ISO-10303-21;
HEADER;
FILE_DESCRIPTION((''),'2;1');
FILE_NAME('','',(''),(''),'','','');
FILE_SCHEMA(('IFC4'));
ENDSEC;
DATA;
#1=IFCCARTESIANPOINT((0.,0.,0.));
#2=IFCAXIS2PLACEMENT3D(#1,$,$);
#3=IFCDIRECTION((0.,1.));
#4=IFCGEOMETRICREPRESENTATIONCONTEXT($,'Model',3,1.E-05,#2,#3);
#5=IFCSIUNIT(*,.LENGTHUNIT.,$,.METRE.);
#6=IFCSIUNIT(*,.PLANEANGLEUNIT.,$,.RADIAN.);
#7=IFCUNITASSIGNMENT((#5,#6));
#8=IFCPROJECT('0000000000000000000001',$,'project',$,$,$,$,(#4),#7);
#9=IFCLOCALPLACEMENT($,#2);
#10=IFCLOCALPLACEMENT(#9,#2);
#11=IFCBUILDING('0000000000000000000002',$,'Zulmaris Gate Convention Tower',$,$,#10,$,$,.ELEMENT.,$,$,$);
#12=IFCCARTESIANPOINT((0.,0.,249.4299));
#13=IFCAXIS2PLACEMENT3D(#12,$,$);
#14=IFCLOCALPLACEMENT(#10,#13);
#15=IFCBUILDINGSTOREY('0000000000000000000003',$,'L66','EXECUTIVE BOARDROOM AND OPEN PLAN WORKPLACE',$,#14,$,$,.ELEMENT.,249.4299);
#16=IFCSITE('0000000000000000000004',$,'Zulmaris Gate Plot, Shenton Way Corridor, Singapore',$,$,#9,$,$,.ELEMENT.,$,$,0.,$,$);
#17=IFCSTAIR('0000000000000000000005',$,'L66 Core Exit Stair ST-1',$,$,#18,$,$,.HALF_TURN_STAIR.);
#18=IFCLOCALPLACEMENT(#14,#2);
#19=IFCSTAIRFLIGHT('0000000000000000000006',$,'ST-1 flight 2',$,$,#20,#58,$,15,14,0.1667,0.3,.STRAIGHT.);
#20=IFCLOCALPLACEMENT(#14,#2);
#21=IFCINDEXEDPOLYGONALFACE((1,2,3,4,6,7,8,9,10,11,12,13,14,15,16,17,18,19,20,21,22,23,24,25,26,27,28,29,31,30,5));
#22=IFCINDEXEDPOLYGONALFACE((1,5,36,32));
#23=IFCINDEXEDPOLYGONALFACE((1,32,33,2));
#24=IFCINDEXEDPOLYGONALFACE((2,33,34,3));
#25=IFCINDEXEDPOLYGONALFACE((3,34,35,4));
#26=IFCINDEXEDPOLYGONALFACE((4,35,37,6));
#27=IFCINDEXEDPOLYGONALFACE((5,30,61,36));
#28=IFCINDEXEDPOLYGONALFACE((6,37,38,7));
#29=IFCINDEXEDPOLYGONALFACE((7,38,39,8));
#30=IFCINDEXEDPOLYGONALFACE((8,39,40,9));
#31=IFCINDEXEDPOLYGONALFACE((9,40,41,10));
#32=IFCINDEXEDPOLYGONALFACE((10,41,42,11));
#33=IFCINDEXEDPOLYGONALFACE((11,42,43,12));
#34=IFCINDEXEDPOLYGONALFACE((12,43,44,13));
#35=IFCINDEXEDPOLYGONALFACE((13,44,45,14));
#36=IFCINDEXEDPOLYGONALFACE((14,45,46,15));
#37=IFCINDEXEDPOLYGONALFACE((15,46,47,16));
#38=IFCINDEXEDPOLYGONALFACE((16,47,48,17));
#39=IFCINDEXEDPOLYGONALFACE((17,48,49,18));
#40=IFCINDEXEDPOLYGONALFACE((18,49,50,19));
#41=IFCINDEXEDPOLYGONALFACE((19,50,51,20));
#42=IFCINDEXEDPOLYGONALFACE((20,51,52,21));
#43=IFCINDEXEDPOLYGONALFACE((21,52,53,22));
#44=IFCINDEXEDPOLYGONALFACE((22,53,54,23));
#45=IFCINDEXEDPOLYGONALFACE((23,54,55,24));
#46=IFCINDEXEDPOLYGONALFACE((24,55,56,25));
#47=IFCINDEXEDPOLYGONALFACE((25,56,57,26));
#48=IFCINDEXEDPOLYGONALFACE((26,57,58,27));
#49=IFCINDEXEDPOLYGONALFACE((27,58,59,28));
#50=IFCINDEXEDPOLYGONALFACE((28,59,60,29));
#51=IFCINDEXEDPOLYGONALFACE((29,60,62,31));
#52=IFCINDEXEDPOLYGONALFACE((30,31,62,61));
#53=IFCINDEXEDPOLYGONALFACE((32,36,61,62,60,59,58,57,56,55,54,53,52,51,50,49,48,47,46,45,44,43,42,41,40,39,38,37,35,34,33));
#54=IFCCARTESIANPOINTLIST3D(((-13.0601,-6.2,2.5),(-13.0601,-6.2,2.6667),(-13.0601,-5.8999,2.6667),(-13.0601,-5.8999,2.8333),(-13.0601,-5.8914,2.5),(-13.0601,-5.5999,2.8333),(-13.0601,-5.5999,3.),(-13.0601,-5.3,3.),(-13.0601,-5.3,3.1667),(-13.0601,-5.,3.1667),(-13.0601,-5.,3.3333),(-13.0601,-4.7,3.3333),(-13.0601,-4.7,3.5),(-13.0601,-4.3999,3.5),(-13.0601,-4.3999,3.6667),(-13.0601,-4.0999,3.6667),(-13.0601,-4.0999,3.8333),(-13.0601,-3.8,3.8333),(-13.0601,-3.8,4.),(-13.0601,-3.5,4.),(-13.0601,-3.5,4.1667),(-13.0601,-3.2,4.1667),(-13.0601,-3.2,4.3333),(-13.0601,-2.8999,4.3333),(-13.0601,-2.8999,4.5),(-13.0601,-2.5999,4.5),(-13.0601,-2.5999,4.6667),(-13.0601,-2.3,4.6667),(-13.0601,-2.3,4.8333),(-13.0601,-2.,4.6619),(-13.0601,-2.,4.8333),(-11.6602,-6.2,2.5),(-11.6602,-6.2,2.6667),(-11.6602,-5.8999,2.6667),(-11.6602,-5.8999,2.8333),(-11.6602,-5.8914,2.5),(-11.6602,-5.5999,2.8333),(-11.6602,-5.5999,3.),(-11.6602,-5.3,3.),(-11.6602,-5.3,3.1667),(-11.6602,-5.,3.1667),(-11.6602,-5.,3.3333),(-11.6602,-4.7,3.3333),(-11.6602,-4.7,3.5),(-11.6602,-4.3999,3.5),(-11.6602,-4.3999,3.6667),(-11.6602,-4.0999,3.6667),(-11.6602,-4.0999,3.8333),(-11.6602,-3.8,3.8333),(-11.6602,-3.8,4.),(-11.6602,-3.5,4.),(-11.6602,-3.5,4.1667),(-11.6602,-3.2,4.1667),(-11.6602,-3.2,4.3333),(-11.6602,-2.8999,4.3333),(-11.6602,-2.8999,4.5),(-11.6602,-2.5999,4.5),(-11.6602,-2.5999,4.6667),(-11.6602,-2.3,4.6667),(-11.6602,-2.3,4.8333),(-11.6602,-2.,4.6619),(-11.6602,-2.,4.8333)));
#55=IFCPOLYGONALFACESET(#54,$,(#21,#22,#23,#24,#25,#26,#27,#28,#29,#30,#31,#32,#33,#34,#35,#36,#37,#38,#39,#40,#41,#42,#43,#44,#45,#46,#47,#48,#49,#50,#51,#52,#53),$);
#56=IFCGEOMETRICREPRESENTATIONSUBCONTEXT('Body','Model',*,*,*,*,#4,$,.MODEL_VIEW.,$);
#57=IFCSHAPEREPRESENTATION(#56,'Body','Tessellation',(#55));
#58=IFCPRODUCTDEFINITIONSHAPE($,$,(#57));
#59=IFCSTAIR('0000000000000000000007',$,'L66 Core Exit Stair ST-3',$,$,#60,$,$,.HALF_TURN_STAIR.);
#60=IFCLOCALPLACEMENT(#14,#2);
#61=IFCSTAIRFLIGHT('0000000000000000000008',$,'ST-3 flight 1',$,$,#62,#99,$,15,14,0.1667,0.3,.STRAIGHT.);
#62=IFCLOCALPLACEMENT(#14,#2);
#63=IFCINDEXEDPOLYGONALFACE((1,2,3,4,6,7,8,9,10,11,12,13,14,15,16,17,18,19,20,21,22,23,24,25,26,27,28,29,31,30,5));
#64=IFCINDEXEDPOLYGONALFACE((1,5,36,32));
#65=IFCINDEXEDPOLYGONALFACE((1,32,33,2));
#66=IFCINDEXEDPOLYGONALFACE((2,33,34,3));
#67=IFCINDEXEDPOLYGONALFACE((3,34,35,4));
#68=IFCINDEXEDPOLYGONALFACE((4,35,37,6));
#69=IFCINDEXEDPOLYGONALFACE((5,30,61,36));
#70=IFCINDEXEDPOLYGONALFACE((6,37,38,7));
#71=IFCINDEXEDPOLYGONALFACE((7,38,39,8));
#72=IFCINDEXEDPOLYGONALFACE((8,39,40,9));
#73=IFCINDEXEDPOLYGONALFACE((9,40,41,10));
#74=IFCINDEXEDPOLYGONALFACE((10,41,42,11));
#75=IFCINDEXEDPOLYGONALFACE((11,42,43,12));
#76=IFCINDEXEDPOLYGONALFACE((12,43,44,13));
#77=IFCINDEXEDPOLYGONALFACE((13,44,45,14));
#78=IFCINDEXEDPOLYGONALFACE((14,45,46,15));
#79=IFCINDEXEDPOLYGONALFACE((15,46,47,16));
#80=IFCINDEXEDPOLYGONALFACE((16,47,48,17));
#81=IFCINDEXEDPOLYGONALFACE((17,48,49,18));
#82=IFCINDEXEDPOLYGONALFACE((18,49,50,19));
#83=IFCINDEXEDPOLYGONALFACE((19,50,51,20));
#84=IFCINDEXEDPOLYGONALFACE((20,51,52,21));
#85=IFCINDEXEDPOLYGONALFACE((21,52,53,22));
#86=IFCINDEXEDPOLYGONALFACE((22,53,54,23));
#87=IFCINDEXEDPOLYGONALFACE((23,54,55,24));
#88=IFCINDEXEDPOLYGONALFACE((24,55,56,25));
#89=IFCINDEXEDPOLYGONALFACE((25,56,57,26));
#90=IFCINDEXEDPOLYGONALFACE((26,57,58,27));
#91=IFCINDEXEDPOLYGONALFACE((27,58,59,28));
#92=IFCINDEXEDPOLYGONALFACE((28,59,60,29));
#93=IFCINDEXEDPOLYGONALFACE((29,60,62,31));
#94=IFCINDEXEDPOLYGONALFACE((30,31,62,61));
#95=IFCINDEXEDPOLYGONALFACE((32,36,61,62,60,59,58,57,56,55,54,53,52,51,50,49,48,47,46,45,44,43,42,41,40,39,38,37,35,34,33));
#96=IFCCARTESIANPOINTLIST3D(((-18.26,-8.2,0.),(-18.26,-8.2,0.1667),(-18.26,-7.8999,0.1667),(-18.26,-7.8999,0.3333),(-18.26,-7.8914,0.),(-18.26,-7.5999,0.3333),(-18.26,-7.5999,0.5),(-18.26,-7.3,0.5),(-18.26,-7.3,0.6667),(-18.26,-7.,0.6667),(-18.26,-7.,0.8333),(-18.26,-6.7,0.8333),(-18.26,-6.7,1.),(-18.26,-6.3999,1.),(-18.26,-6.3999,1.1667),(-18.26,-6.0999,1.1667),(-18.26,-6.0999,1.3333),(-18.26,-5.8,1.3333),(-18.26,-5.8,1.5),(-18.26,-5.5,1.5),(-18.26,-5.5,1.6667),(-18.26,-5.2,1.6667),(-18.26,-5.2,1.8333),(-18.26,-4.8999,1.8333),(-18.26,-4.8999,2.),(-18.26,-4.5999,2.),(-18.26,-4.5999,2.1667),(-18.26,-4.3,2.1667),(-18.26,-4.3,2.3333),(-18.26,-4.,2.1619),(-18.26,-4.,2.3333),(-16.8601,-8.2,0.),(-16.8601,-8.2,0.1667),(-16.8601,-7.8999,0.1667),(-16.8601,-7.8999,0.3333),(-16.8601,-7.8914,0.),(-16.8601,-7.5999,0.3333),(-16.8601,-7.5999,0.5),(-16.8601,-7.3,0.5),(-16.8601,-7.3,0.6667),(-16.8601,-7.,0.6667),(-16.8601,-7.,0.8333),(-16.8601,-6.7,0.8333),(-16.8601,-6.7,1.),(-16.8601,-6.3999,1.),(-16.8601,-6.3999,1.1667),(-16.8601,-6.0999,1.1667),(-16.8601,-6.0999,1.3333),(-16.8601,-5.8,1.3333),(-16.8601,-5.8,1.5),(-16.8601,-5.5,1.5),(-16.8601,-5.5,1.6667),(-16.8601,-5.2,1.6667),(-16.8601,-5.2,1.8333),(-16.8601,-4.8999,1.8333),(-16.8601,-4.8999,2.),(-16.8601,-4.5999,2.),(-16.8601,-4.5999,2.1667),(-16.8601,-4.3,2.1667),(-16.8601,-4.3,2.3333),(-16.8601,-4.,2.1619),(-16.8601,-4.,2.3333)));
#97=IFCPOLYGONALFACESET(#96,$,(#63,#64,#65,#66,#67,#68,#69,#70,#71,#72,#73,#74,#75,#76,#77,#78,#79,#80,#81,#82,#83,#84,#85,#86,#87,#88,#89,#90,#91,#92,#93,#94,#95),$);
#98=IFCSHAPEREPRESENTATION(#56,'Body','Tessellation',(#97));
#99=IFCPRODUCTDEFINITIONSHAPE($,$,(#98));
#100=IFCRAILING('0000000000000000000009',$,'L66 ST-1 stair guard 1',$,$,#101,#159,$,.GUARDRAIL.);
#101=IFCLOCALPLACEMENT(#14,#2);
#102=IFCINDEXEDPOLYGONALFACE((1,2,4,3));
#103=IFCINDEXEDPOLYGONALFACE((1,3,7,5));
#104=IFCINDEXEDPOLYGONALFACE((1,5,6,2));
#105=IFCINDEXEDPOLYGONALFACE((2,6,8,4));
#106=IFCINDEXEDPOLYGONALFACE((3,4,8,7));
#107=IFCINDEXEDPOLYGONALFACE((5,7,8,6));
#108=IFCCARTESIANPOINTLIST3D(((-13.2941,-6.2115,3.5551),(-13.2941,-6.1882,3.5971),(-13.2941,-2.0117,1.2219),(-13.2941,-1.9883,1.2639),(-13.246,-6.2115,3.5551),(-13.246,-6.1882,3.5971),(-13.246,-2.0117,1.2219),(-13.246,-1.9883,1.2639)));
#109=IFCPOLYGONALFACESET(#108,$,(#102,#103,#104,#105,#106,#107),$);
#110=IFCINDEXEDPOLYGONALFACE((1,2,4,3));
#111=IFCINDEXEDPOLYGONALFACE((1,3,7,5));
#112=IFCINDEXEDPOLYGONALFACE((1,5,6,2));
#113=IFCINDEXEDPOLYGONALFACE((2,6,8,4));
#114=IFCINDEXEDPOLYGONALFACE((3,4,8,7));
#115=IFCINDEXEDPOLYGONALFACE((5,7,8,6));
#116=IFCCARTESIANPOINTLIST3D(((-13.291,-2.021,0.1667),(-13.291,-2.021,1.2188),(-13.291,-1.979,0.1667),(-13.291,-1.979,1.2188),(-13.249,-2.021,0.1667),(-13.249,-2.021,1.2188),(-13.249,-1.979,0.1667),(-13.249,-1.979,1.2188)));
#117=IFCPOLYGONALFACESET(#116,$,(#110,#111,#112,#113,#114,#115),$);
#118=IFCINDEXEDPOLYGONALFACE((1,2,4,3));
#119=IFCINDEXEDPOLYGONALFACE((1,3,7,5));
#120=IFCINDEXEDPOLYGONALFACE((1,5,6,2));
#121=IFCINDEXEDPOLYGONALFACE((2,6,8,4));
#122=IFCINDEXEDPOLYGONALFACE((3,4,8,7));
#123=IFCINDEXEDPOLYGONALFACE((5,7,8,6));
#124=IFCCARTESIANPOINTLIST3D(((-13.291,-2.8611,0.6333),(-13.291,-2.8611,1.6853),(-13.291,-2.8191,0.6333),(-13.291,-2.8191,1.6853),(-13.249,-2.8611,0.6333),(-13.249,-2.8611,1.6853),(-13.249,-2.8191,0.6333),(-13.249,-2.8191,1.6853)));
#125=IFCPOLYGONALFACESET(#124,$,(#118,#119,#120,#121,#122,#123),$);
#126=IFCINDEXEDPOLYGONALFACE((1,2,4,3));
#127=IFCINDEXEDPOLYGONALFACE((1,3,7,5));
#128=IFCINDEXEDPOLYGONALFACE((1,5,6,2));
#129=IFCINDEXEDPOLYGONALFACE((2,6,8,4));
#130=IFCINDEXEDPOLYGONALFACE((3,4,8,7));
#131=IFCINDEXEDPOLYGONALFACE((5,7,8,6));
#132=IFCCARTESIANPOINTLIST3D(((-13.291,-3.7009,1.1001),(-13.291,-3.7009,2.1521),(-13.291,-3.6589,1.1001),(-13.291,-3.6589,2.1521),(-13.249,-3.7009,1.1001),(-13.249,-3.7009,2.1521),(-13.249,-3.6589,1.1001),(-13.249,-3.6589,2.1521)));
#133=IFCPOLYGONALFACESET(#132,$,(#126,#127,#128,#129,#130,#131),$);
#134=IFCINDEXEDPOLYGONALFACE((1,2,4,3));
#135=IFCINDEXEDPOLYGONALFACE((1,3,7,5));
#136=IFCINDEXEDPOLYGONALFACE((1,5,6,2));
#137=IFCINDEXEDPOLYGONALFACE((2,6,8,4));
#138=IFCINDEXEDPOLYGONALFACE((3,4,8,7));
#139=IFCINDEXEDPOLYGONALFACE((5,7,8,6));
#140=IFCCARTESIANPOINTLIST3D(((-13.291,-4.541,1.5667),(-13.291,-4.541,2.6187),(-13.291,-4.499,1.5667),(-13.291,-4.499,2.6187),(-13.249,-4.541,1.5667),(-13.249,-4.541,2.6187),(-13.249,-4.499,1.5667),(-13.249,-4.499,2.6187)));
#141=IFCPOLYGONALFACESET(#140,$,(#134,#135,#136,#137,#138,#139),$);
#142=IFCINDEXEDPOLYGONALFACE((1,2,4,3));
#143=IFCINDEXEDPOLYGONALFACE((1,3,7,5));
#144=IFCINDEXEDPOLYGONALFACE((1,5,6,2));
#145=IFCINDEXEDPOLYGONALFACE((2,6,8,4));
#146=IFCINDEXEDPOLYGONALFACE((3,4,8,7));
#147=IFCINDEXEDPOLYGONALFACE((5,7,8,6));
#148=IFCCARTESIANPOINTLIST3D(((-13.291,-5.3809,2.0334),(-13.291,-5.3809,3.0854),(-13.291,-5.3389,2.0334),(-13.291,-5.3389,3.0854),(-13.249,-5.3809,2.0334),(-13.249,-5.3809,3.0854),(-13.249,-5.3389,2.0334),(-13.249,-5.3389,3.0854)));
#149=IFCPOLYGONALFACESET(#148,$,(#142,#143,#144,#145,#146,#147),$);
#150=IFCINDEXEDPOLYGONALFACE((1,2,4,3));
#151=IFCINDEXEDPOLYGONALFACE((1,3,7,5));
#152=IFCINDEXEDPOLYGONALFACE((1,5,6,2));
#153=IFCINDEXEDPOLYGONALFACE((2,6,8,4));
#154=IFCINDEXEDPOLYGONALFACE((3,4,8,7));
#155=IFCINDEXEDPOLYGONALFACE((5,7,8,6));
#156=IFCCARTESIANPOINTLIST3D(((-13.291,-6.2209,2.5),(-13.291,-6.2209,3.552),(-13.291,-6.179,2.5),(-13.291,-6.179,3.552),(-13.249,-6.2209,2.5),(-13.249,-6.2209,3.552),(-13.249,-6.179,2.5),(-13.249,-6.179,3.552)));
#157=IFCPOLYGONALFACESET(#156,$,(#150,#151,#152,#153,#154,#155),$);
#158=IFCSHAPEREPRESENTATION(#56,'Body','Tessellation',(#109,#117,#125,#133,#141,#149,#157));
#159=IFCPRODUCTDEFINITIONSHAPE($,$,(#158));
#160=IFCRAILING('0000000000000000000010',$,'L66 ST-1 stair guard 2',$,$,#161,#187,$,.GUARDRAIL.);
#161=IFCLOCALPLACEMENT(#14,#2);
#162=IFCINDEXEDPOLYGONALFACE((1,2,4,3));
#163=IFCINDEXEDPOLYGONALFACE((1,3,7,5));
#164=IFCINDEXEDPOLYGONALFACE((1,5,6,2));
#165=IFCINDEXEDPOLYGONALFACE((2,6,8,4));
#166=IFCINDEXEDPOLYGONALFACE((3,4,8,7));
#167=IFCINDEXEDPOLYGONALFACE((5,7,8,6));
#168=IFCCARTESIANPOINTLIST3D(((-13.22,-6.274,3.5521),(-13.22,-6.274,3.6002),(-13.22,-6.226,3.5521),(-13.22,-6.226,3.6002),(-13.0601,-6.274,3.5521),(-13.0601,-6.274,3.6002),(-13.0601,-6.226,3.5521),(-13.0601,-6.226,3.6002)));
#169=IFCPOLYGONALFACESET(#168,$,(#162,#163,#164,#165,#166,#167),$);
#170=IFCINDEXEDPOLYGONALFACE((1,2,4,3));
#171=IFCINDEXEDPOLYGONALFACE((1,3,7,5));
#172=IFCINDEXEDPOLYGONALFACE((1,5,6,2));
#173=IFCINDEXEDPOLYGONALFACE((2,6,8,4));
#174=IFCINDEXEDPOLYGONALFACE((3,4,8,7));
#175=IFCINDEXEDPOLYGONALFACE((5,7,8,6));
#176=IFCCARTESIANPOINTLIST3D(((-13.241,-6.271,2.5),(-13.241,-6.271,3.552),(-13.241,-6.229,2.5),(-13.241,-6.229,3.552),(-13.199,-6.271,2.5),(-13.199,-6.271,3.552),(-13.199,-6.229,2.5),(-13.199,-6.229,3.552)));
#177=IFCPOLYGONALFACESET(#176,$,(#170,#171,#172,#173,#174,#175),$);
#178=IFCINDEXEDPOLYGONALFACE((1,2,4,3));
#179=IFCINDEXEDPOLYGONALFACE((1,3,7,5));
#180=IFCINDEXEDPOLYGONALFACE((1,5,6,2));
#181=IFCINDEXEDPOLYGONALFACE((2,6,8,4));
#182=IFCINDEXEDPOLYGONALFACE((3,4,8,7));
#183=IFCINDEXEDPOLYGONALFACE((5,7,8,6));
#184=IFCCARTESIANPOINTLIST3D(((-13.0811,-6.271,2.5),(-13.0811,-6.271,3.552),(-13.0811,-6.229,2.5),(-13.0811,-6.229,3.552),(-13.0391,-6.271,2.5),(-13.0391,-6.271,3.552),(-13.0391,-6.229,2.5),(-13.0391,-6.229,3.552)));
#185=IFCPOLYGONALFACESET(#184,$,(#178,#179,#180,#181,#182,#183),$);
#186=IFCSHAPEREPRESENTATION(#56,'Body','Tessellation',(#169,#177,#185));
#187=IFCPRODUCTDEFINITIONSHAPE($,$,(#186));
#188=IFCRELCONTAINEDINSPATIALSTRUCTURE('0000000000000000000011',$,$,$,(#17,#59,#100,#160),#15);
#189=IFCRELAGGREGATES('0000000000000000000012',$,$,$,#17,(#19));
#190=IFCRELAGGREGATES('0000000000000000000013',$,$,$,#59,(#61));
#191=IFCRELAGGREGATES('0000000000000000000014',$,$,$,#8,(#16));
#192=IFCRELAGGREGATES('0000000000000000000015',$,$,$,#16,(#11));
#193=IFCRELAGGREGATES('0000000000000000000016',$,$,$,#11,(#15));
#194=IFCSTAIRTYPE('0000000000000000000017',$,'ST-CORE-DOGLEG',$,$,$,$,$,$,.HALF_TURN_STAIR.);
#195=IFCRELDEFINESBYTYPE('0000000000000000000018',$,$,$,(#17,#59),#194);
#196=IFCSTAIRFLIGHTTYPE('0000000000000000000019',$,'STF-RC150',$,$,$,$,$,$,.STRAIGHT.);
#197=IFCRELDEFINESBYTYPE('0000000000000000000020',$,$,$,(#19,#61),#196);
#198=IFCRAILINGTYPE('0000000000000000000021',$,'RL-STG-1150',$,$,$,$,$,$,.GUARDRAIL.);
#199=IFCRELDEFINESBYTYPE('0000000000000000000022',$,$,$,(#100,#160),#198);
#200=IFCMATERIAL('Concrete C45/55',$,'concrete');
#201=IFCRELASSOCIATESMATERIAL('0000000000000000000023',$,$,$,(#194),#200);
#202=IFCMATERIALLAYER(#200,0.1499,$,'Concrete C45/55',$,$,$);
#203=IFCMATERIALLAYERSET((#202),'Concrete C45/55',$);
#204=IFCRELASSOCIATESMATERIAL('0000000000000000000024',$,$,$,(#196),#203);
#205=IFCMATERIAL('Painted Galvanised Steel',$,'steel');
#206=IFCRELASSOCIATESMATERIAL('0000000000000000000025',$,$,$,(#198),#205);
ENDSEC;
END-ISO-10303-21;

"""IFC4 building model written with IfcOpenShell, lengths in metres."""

from ifc_helpers import new_model, si_unit, direction, frame, origin, origin_2d, place, context, subcontext, project, spatial, polyline, rectangle, outline, extrude, material, layer, layer_set, type_object, element, aggregate, save


model = new_model("IFC4")

# Units and contexts
model_context = context("Model", 3, precision=1e-05, world=origin(), true_north=direction((0.0, 1.0)))
body_context = subcontext(model_context, "Body", "Model", "MODEL_VIEW")
ifc_project = project(units=[si_unit("LENGTHUNIT", "METRE"), si_unit("PLANEANGLEUNIT", "RADIAN")], contexts=[model_context])

# Site, building, storey
site_placement = place(None, origin())
site = spatial("IfcSite", under=ifc_project, at=site_placement, Name="Zulmaris Gate Plot, Shenton Way Corridor, Singapore", CompositionType="ELEMENT", RefElevation=0.0)
building_placement = place(site_placement, origin())
building = spatial("IfcBuilding", under=site, at=building_placement, Name="Zulmaris Gate Convention Tower", CompositionType="ELEMENT")
storey_placement = place(building_placement, frame((0.0, 0.0, 249.4299)))
storey = spatial("IfcBuildingStorey", under=building, at=storey_placement, Name="L66", Description="EXECUTIVE BOARDROOM AND OPEN PLAN WORKPLACE", CompositionType="ELEMENT", Elevation=249.4299)

# Stair, stair flight
ifc_material_1 = material(Name="Concrete C45/55", Category="concrete")
stair_type = type_object("IfcStairType", Name="ST-CORE-DOGLEG", PredefinedType="HALF_TURN_STAIR", material=ifc_material_1)
stair_1_placement = place(storey_placement, origin())
stair_1 = element("IfcStair", 1, at=stair_1_placement, inside=storey, type_object=stair_type, Name="L66 Core Exit Stair ST-1", PredefinedType="HALF_TURN_STAIR")
ifc_layer_1 = layer(ifc_material_1, 0.1499, Name="Concrete C45/55")
ifc_layer_set_1 = layer_set([ifc_layer_1], Name="Concrete C45/55")
stair_flight_type = type_object("IfcStairFlightType", Name="STF-RC150", PredefinedType="STRAIGHT", material=ifc_layer_set_1)
stair_flight_1_placement = place(storey_placement, frame((-12.3601, -6.2, 2.5), z_axis=(0.0, 0.0, 1.0), x_axis=(0.0, 1.0, 0.0)))
stair_flight_1 = element("IfcStairFlight", 2, at=stair_flight_1_placement, type_object=stair_flight_type, Name="ST-1 flight 2", NumberOfRisers=15, NumberOfTreads=14, PredefinedType="STRAIGHT", RiserHeight=0.1667, TreadLength=0.3, context=body_context, shape_type="SweptSolid", body=[
    extrude(outline(polyline([(0.0, 0.0), (0.0, 0.1667), (0.3, 0.1667), (0.3, 0.3333), (0.6001, 0.3333), (0.6001, 0.5), (0.8999, 0.5), (0.8999, 0.6667), (1.2, 0.6667), (1.2, 0.8333), (1.5, 0.8333), (1.5, 1.0), (1.8, 1.0), (1.8, 1.1667), (2.1001, 1.1667), (2.1001, 1.3333), (2.3999, 1.3333), (2.3999, 1.5), (2.7, 1.5), (2.7, 1.6667), (3.0, 1.6667), (3.0, 1.8333), (3.3, 1.8333), (3.3, 2.0), (3.6001, 2.0), (3.6001, 2.1667), (3.8999, 2.1667), (3.8999, 2.3333), (4.2, 2.3333), (4.2, 2.5), (4.2, 2.1619), (0.3086, 0.0), (0.0, 0.0)])), frame((0.0, 0.7, 0.0), z_axis=(0.0, -1.0, 0.0), x_axis=(1.0, 0.0, 0.0)), (0.0, 0.0, 1.0), 1.3999),
])
aggregate(stair_1, [stair_flight_1])

# Stair, stair flight
stair_2_placement = place(storey_placement, origin())
stair_2 = element("IfcStair", 3, at=stair_2_placement, inside=storey, type_object=stair_type, Name="L66 Core Exit Stair ST-3", PredefinedType="HALF_TURN_STAIR")
stair_flight_2_placement = place(storey_placement, frame((-17.5601, -8.2, 0.0), z_axis=(0.0, 0.0, 1.0), x_axis=(0.0, 1.0, 0.0)))
stair_flight_2 = element("IfcStairFlight", 4, at=stair_flight_2_placement, type_object=stair_flight_type, Name="ST-3 flight 1", NumberOfRisers=15, NumberOfTreads=14, PredefinedType="STRAIGHT", RiserHeight=0.1667, TreadLength=0.3, context=body_context, shape_type="SweptSolid", body=[
    extrude(outline(polyline([(0.0, 0.0), (0.0, 0.1667), (0.3, 0.1667), (0.3, 0.3333), (0.6001, 0.3333), (0.6001, 0.5), (0.8999, 0.5), (0.8999, 0.6667), (1.2, 0.6667), (1.2, 0.8333), (1.5, 0.8333), (1.5, 1.0), (1.8, 1.0), (1.8, 1.1667), (2.1001, 1.1667), (2.1001, 1.3333), (2.3999, 1.3333), (2.3999, 1.5), (2.7, 1.5), (2.7, 1.6667), (3.0, 1.6667), (3.0, 1.8333), (3.3, 1.8333), (3.3, 2.0), (3.6001, 2.0), (3.6001, 2.1667), (3.8999, 2.1667), (3.8999, 2.3333), (4.2, 2.3333), (4.2, 2.5), (4.2, 2.1619), (0.3086, 0.0), (0.0, 0.0)])), frame((0.0, 0.7, 0.0), z_axis=(0.0, -1.0, 0.0), x_axis=(1.0, 0.0, 0.0)), (0.0, 0.0, 1.0), 1.3999),
])
aggregate(stair_2, [stair_flight_2])

# Railings
ifc_material_2 = material(Name="Painted Galvanised Steel", Category="steel")
railing_type_1 = type_object("IfcRailingType", Name="RL-STG-1150", PredefinedType="GUARDRAIL", material=ifc_material_2)
railing_1_placement = place(storey_placement, frame((-13.27, -2.0, 0.1667)))
element("IfcRailing", 5, at=railing_1_placement, inside=storey, type_object=railing_type_1, Name="L66 ST-1 stair guard 1", PredefinedType="GUARDRAIL", context=body_context, shape_type="SweptSolid", body=[
    extrude(rectangle(XDim=0.0481, YDim=0.0481, at=origin_2d()), frame((0.0, 0.0, 1.0762), z_axis=(0.0, -0.874162, 0.485634), x_axis=(1.0, 0.0, 0.0)), (0.0, 0.0, 1.0), 4.8044),
    extrude(rectangle(XDim=0.042, YDim=0.042, at=origin_2d()), origin(), (0.0, 0.0, 1.0), 1.052),
    extrude(rectangle(XDim=0.042, YDim=0.042, at=origin_2d()), frame((0.0, -0.8401, 0.4666)), (0.0, 0.0, 1.0), 1.052),
    extrude(rectangle(XDim=0.042, YDim=0.042, at=origin_2d()), frame((0.0, -1.6799, 0.9333)), (0.0, 0.0, 1.0), 1.052),
    extrude(rectangle(XDim=0.042, YDim=0.042, at=origin_2d()), frame((0.0, -2.52, 1.3999)), (0.0, 0.0, 1.0), 1.052),
    extrude(rectangle(XDim=0.042, YDim=0.042, at=origin_2d()), frame((0.0, -3.3599, 1.8667)), (0.0, 0.0, 1.0), 1.052),
    extrude(rectangle(XDim=0.042, YDim=0.042, at=origin_2d()), frame((0.0, -4.2, 2.3333)), (0.0, 0.0, 1.0), 1.052),
])
railing_2_placement = place(storey_placement, frame((-13.22, -6.25, 2.5)))
element("IfcRailing", 6, at=railing_2_placement, inside=storey, type_object=railing_type_1, Name="L66 ST-1 stair guard 2", PredefinedType="GUARDRAIL", context=body_context, shape_type="SweptSolid", body=[
    extrude(rectangle(XDim=0.0481, YDim=0.0481, at=origin_2d()), frame((0.0, 0.0, 1.0762), z_axis=(1.0, 0.0, 0.0), x_axis=(0.0, 1.0, 0.0)), (0.0, 0.0, 1.0), 0.1599),
    extrude(rectangle(XDim=0.042, YDim=0.042, at=origin_2d()), origin(), (0.0, 0.0, 1.0), 1.052),
    extrude(rectangle(XDim=0.042, YDim=0.042, at=origin_2d()), frame((0.1599, 0.0, 0.0)), (0.0, 0.0, 1.0), 1.052),
])

save(model, "model.ifc")
